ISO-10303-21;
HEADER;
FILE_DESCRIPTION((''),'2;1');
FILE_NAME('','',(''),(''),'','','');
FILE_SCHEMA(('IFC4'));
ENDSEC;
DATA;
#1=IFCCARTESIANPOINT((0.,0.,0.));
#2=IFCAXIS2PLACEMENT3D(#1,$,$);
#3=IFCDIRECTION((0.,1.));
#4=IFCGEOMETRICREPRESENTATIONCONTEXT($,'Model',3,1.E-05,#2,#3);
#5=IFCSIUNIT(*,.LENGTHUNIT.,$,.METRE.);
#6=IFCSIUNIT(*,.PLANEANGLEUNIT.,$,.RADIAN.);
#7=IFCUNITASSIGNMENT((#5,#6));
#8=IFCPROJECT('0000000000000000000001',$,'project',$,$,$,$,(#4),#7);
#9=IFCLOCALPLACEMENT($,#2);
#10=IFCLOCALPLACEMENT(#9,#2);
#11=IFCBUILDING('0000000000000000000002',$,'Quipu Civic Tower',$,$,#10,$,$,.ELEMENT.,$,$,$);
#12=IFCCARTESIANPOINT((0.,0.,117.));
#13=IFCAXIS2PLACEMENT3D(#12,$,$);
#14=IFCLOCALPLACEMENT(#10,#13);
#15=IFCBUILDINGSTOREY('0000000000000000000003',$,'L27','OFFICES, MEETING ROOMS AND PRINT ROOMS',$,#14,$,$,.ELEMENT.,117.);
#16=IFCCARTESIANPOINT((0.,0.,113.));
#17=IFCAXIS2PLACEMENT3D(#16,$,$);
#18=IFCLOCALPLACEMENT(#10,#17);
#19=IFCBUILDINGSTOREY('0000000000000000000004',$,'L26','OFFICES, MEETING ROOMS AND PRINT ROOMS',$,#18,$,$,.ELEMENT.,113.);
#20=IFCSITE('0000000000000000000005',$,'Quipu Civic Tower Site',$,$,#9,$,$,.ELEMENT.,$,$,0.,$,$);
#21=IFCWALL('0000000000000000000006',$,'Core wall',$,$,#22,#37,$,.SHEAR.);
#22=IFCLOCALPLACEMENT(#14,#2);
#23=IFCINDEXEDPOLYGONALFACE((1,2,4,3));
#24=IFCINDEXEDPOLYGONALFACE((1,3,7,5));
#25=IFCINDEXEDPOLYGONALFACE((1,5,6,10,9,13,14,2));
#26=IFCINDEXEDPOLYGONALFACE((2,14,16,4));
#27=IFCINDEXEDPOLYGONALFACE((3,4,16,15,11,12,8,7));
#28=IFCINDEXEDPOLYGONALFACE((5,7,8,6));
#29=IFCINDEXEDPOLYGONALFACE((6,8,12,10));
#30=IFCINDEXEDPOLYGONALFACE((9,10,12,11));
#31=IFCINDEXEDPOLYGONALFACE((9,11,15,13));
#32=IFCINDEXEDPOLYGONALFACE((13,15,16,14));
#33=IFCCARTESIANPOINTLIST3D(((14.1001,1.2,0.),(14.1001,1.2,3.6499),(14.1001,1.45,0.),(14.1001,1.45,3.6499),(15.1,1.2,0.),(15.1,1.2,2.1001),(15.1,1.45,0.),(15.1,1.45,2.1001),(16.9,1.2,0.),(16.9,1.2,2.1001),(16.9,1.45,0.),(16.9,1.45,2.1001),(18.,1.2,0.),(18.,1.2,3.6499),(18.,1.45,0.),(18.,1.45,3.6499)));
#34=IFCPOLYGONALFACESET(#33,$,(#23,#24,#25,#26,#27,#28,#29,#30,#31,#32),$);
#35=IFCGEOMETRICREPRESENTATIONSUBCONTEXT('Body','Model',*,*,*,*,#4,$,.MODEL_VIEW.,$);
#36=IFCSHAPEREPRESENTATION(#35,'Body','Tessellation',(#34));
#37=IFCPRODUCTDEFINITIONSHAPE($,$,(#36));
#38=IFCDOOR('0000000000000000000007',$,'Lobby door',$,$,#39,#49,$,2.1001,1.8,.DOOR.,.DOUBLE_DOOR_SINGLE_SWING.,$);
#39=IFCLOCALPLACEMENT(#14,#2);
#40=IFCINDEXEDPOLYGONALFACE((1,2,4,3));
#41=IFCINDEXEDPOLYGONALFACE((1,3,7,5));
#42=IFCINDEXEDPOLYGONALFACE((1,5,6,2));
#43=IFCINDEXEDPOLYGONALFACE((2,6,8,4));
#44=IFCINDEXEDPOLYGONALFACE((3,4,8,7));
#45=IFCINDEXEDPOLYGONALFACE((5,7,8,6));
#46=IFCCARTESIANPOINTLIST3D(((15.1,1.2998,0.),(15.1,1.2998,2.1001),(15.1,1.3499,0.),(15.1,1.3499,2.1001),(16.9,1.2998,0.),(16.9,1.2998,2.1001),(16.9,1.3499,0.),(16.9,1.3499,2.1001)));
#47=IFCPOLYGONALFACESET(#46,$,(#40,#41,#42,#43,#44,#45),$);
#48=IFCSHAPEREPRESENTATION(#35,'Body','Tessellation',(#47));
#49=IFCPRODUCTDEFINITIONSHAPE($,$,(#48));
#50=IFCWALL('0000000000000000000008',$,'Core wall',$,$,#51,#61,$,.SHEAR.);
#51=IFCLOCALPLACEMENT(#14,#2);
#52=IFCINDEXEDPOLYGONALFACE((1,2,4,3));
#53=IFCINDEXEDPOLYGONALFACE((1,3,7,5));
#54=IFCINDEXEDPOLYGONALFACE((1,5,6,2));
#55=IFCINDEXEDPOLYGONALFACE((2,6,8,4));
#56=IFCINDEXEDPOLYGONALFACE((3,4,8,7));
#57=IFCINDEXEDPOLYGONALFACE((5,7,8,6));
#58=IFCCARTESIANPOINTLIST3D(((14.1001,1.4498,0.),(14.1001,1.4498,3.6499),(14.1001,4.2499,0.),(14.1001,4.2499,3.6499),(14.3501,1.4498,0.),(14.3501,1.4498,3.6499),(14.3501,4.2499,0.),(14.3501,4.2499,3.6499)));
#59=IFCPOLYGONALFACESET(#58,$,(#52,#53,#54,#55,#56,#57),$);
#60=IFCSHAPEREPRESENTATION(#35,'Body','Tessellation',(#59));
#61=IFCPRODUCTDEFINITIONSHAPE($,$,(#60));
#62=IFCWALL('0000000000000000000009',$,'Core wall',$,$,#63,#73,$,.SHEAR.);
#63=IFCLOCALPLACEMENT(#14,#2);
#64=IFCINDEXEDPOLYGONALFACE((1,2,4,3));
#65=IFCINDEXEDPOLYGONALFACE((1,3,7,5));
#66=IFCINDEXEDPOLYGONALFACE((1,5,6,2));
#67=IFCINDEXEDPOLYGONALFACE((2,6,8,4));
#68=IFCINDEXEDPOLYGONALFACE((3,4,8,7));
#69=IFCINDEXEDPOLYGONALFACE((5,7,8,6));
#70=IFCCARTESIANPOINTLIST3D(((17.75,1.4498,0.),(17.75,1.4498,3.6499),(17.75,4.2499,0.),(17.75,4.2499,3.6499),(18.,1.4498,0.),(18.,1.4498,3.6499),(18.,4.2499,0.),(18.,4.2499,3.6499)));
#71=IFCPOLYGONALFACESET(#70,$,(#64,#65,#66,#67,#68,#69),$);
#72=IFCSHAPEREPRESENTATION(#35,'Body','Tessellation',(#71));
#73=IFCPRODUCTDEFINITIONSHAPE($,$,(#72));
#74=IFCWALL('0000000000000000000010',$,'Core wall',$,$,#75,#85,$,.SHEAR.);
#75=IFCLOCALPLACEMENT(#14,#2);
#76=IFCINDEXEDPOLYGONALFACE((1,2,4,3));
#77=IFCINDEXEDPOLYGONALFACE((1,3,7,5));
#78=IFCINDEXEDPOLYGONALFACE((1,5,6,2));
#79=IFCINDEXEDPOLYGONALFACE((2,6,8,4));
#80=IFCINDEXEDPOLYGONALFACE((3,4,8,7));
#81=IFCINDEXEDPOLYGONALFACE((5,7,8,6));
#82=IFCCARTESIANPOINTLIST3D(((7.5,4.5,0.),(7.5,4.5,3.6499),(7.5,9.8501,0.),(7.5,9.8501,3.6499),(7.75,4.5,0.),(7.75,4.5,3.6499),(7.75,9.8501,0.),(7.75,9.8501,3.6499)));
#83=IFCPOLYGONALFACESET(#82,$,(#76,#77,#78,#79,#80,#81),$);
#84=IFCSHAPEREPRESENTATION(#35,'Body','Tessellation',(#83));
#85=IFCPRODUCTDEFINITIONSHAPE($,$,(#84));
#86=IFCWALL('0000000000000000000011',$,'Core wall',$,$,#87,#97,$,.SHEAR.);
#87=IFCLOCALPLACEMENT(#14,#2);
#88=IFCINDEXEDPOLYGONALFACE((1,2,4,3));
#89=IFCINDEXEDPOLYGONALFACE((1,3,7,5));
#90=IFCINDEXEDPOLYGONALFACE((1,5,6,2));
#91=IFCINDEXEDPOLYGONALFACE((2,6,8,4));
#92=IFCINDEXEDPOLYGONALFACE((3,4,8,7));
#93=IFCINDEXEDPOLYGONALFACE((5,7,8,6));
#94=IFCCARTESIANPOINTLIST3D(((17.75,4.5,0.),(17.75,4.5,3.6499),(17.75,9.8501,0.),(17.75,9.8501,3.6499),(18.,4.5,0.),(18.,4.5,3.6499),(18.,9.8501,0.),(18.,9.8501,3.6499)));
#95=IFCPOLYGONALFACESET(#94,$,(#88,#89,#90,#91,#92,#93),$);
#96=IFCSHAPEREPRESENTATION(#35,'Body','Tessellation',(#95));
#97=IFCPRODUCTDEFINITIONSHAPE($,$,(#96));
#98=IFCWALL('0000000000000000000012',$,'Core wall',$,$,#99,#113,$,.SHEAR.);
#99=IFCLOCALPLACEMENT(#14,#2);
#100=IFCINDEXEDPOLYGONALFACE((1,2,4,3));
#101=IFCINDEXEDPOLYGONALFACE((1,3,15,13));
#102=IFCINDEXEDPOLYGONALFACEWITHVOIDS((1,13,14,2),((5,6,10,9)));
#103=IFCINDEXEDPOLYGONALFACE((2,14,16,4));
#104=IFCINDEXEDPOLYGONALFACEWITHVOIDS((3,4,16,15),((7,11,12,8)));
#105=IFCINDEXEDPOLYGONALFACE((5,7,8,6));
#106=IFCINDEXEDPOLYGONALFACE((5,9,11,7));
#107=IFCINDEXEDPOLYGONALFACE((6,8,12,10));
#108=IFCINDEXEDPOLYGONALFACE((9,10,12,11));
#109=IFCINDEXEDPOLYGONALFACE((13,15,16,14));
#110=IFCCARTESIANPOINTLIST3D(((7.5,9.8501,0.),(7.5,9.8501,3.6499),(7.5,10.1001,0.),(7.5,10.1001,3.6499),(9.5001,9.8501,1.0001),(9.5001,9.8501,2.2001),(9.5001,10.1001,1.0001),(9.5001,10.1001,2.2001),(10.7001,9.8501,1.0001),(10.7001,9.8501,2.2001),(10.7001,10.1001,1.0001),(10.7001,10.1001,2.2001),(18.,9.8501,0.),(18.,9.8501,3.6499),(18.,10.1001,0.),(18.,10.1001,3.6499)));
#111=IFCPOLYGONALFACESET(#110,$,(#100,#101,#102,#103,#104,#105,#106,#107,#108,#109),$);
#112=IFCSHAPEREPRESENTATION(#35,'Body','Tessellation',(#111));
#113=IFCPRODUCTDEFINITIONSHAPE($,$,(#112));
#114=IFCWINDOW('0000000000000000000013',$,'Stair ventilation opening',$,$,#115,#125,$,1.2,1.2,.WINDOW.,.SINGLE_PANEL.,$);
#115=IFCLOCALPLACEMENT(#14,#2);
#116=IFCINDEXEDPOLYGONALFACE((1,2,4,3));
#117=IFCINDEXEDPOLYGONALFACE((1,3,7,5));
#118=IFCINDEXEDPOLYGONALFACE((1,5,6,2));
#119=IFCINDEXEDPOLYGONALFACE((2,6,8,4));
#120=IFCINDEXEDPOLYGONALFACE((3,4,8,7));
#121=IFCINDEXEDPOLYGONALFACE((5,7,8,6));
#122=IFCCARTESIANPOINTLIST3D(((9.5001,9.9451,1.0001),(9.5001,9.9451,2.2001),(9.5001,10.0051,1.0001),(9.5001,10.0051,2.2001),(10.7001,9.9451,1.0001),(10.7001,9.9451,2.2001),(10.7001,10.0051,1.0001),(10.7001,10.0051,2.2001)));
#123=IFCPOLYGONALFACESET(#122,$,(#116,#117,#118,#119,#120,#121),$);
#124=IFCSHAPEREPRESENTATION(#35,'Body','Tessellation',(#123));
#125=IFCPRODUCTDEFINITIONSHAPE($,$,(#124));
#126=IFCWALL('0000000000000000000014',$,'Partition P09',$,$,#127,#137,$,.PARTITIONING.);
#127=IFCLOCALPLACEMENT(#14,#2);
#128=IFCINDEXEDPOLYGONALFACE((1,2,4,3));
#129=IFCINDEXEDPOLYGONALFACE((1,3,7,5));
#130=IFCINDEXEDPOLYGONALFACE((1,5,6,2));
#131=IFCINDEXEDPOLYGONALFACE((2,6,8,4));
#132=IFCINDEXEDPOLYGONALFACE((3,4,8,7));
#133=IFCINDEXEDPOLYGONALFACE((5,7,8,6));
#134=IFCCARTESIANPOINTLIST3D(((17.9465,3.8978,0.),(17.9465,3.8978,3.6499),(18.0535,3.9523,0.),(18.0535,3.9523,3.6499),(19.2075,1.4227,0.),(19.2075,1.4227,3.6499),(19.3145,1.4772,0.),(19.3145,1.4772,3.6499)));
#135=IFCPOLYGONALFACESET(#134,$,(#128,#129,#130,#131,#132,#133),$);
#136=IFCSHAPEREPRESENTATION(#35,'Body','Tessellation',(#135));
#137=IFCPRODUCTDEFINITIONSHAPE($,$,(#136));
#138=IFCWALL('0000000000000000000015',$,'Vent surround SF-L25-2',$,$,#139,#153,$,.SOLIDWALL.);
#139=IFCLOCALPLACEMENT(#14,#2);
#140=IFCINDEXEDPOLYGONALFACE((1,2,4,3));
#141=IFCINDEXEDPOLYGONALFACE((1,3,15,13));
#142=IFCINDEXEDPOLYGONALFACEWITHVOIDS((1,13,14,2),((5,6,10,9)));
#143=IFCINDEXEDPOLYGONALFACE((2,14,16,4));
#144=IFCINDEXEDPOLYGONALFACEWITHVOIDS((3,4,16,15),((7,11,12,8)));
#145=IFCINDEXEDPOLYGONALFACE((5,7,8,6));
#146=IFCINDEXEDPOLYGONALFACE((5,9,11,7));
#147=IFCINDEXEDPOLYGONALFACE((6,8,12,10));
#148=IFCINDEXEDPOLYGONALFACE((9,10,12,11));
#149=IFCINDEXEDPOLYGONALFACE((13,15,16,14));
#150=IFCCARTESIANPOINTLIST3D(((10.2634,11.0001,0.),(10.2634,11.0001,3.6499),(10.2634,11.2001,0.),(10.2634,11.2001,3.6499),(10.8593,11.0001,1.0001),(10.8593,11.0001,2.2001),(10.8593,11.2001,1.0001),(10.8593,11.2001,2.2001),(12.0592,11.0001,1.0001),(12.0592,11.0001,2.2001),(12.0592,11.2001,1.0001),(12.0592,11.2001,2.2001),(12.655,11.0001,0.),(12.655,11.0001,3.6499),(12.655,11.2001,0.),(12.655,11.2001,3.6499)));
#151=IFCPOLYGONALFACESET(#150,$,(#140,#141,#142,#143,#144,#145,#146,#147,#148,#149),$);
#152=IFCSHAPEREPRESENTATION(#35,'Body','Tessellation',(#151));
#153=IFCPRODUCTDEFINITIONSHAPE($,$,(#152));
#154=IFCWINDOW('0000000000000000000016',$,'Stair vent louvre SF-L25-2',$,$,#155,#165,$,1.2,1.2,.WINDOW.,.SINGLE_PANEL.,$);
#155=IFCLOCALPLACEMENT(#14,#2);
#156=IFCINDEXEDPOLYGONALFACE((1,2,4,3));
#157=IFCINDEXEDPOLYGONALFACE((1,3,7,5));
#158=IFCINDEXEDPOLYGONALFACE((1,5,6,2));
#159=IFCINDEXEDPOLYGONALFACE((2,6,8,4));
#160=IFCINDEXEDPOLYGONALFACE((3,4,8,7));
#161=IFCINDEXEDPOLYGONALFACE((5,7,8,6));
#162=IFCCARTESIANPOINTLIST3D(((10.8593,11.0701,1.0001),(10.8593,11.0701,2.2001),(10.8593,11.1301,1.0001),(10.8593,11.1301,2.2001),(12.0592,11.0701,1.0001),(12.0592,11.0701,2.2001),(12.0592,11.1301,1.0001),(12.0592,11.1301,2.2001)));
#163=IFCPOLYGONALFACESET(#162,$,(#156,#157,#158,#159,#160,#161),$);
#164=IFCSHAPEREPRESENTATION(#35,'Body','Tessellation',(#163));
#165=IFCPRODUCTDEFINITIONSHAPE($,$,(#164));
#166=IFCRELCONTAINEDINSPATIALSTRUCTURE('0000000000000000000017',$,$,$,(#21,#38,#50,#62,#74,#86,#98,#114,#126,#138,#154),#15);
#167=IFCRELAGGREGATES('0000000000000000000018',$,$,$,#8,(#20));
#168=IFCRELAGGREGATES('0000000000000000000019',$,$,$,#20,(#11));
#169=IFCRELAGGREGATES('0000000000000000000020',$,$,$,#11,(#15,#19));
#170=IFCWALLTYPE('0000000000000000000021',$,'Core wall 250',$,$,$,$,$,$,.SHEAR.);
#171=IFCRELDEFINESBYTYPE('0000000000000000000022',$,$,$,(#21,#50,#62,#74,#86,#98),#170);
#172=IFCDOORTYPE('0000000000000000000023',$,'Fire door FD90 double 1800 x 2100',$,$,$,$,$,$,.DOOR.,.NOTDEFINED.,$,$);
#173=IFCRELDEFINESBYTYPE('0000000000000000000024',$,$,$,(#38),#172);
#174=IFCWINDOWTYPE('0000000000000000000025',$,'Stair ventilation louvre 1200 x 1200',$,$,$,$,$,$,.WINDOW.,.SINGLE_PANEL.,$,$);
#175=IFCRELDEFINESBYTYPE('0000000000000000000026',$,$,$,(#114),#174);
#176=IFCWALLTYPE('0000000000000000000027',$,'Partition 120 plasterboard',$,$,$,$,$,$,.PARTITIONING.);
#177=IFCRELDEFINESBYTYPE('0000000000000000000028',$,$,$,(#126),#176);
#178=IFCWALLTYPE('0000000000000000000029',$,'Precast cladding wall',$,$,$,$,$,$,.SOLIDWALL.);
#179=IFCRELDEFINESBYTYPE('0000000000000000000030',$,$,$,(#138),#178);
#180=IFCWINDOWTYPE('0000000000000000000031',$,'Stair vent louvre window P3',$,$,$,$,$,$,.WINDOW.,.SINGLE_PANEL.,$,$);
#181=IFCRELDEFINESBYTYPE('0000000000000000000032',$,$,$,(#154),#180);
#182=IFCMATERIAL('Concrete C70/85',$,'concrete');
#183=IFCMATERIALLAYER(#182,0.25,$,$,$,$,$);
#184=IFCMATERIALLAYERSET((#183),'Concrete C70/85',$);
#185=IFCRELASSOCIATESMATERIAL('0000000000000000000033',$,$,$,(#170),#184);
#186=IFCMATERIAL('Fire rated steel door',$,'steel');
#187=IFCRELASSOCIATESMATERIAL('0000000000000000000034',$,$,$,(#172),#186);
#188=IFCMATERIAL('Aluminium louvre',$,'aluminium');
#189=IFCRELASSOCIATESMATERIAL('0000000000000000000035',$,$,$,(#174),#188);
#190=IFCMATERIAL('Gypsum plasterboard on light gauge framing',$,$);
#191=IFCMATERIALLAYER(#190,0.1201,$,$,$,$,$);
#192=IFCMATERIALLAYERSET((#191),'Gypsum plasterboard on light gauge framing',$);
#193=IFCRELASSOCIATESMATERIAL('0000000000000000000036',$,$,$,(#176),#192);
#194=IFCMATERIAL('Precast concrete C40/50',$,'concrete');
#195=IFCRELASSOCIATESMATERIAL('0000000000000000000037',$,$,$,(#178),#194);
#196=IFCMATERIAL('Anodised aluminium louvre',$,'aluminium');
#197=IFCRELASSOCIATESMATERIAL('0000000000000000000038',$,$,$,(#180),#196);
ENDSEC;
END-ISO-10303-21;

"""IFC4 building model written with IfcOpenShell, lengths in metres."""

from ifc_helpers import new_model, si_unit, direction, frame, frame_2d, origin, place, context, subcontext, project, spatial, rectangle, extrude, material, layer, layer_set, type_object, element, fill, save


model = new_model("IFC4")

# Units and contexts
model_context = context("Model", 3, precision=1e-05, world=origin(), true_north=direction((0.0, 1.0)))
body_context = subcontext(model_context, "Body", "Model", "MODEL_VIEW")
ifc_project = project(units=[si_unit("LENGTHUNIT", "METRE"), si_unit("PLANEANGLEUNIT", "RADIAN")], contexts=[model_context])

# Site, building, storey
site_placement = place(None, origin())
site = spatial("IfcSite", under=ifc_project, at=site_placement, Name="Quipu Civic Tower Site", CompositionType="ELEMENT", RefElevation=0.0)
building_placement = place(site_placement, origin())
building = spatial("IfcBuilding", under=site, at=building_placement, Name="Quipu Civic Tower", CompositionType="ELEMENT")
storey_1_placement = place(building_placement, frame((0.0, 0.0, 117.0)))
storey_1 = spatial("IfcBuildingStorey", under=building, at=storey_1_placement, Name="L27", Description="OFFICES, MEETING ROOMS AND PRINT ROOMS", CompositionType="ELEMENT", Elevation=117.0)

# Shared definitions
storey_2_placement = place(building_placement, frame((0.0, 0.0, 113.0)))
storey_2 = spatial("IfcBuildingStorey", under=building, at=storey_2_placement, Name="L26", Description="OFFICES, MEETING ROOMS AND PRINT ROOMS", CompositionType="ELEMENT", Elevation=113.0)

# Wall, opening, door
ifc_material_1 = material(Name="Concrete C70/85", Category="concrete")
ifc_layer_1 = layer(ifc_material_1, 0.25)
ifc_layer_set_1 = layer_set([ifc_layer_1], Name="Concrete C70/85")
wall_type_1 = type_object("IfcWallType", Name="Core wall 250", PredefinedType="SHEAR", material=ifc_layer_set_1)
wall_1_placement = place(storey_1_placement, frame((14.1001, 1.325, 0.0), z_axis=(0.0, 0.0, 1.0), x_axis=(1.0, 0.0, 0.0)))
wall_1 = element("IfcWall", 1, at=wall_1_placement, inside=storey_1, type_object=wall_type_1, Name="Core wall", PredefinedType="SHEAR", context=body_context, shape_type="SweptSolid", body=[
    extrude(rectangle(XDim=3.8999, YDim=0.25, at=frame_2d((1.95, 0.0))), origin(), (0.0, 0.0, 1.0), 3.6499),
])
opening_1_placement = place(wall_1_placement, frame((1.0, 0.0, 0.0)))
opening_1 = element("IfcOpeningElement", 2, at=opening_1_placement, cuts=wall_1, PredefinedType="OPENING", context=body_context, shape_type="SweptSolid", body=[
    extrude(rectangle(XDim=1.8, YDim=2.1001, at=frame_2d((0.8999, 1.05))), frame((0.0, 0.135, 0.0), z_axis=(0.0, -1.0, 0.0), x_axis=(1.0, 0.0, 0.0)), (0.0, 0.0, 1.0), 0.27),
])
ifc_material_2 = material(Name="Fire rated steel door", Category="steel")
door_type = type_object("IfcDoorType", Name="Fire door FD90 double 1800 x 2100", OperationType="NOTDEFINED", PredefinedType="DOOR", material=ifc_material_2)
door_placement = place(opening_1_placement, origin())
door = element("IfcDoor", 3, at=door_placement, inside=storey_1, type_object=door_type, Name="Lobby door", OperationType="DOUBLE_DOOR_SINGLE_SWING", OverallHeight=2.1001, OverallWidth=1.8, PredefinedType="DOOR", context=body_context, shape_type="SweptSolid", body=[
    extrude(rectangle(XDim=1.8, YDim=2.1001, at=frame_2d((0.8999, 1.05))), frame((0.0, 0.0249, 0.0), z_axis=(0.0, -1.0, 0.0), x_axis=(1.0, 0.0, 0.0)), (0.0, 0.0, 1.0), 0.05),
])
fill(opening_1, door)

# Walls
for number, where, z_axis, x_axis, name in (
    (4, (14.2251, 1.45, 0.0), (0.0, 0.0, 1.0), (0.0, 1.0, 0.0), "Core wall"),
    (5, (17.875, 1.45, 0.0), (0.0, 0.0, 1.0), (0.0, 1.0, 0.0), "Core wall"),
):
    element("IfcWall", number, at=place(storey_1_placement, frame(where, z_axis=z_axis, x_axis=x_axis)), inside=storey_1, type_object=wall_type_1, Name=name, PredefinedType="SHEAR", context=body_context, shape_type="SweptSolid", body=[
        extrude(rectangle(XDim=2.8, YDim=0.25, at=frame_2d((1.3999, 0.0))), origin(), (0.0, 0.0, 1.0), 3.6499),
    ])
for number, where, z_axis, x_axis, name in (
    (6, (7.625, 4.5, 0.0), (0.0, 0.0, 1.0), (0.0, 1.0, 0.0), "Core wall"),
    (7, (17.875, 4.5, 0.0), (0.0, 0.0, 1.0), (0.0, 1.0, 0.0), "Core wall"),
):
    element("IfcWall", number, at=place(storey_1_placement, frame(where, z_axis=z_axis, x_axis=x_axis)), inside=storey_1, type_object=wall_type_1, Name=name, PredefinedType="SHEAR", context=body_context, shape_type="SweptSolid", body=[
        extrude(rectangle(XDim=5.3501, YDim=0.25, at=frame_2d((2.675, 0.0))), origin(), (0.0, 0.0, 1.0), 3.6499),
    ])

# Wall, opening, window
wall_2_placement = place(storey_1_placement, frame((7.5, 9.9751, 0.0), z_axis=(0.0, 0.0, 1.0), x_axis=(1.0, 0.0, 0.0)))
wall_2 = element("IfcWall", 8, at=wall_2_placement, inside=storey_1, type_object=wall_type_1, Name="Core wall", PredefinedType="SHEAR", context=body_context, shape_type="SweptSolid", body=[
    extrude(rectangle(XDim=10.5, YDim=0.25, at=frame_2d((5.25, 0.0))), origin(), (0.0, 0.0, 1.0), 3.6499),
])
opening_2_placement = place(wall_2_placement, frame((2.0, 0.0, 1.0)))
opening_2 = element("IfcOpeningElement", 9, at=opening_2_placement, cuts=wall_2, PredefinedType="OPENING", context=body_context, shape_type="SweptSolid", body=[
    extrude(rectangle(XDim=1.2, YDim=1.2, at=frame_2d((0.6001, 0.6001))), frame((0.0, 0.135, 0.0), z_axis=(0.0, -1.0, 0.0), x_axis=(1.0, 0.0, 0.0)), (0.0, 0.0, 1.0), 0.27),
])
ifc_material_3 = material(Name="Aluminium louvre", Category="aluminium")
window_type_1 = type_object("IfcWindowType", Name="Stair ventilation louvre 1200 x 1200", PartitioningType="SINGLE_PANEL", PredefinedType="WINDOW", material=ifc_material_3)
window_1_placement = place(opening_2_placement, origin())
window_1 = element("IfcWindow", 10, at=window_1_placement, inside=storey_1, type_object=window_type_1, Name="Stair ventilation opening", OverallHeight=1.2, OverallWidth=1.2, PartitioningType="SINGLE_PANEL", PredefinedType="WINDOW", context=body_context, shape_type="SweptSolid", body=[
    extrude(rectangle(XDim=1.2, YDim=1.2, at=frame_2d((0.6001, 0.6001))), frame((0.0, 0.03, 0.0), z_axis=(0.0, -1.0, 0.0), x_axis=(1.0, 0.0, 0.0)), (0.0, 0.0, 1.0), 0.0601),
])
fill(opening_2, window_1)

# Wall
ifc_material_4 = material(Name="Gypsum plasterboard on light gauge framing")
ifc_layer_2 = layer(ifc_material_4, 0.1201)
ifc_layer_set_2 = layer_set([ifc_layer_2], Name="Gypsum plasterboard on light gauge framing")
wall_type_2 = type_object("IfcWallType", Name="Partition 120 plasterboard", PredefinedType="PARTITIONING", material=ifc_layer_set_2)
wall_3_placement = place(storey_1_placement, frame((18.0, 3.925, 0.0), z_axis=(0.0, 0.0, 1.0), x_axis=(0.453951, -0.891027, 0.0)))
element("IfcWall", 11, at=wall_3_placement, inside=storey_1, type_object=wall_type_2, Name="Partition P09", PredefinedType="PARTITIONING", context=body_context, shape_type="SweptSolid", body=[
    extrude(rectangle(XDim=2.7778, YDim=0.1201, at=frame_2d((1.3889, 0.0))), origin(), (0.0, 0.0, 1.0), 3.6499),
])

# Wall, opening, window
ifc_material_5 = material(Name="Precast concrete C40/50", Category="concrete")
wall_type_3 = type_object("IfcWallType", Name="Precast cladding wall", PredefinedType="SOLIDWALL", material=ifc_material_5)
wall_4_placement = place(storey_1_placement, frame((12.655, 11.1001, 0.0), z_axis=(0.0, 0.0, 1.0), x_axis=(-1.0, 0.0, 0.0)))
wall_4 = element("IfcWall", 12, at=wall_4_placement, inside=storey_1, type_object=wall_type_3, Name="Vent surround SF-L25-2", PredefinedType="SOLIDWALL", context=body_context, shape_type="SweptSolid", body=[
    extrude(rectangle(XDim=2.3916, YDim=0.2, at=frame_2d((1.1958, 0.0))), origin(), (0.0, 0.0, 1.0), 3.6499),
])
opening_3_placement = place(wall_4_placement, frame((0.5957, 0.0, 1.0)))
opening_3 = element("IfcOpeningElement", 13, at=opening_3_placement, cuts=wall_4, PredefinedType="OPENING", context=body_context, shape_type="SweptSolid", body=[
    extrude(rectangle(XDim=1.2, YDim=1.2, at=frame_2d((0.6001, 0.6001))), frame((0.0, 0.1099, 0.0), z_axis=(0.0, -1.0, 0.0), x_axis=(1.0, 0.0, 0.0)), (0.0, 0.0, 1.0), 0.22),
])
ifc_material_6 = material(Name="Anodised aluminium louvre", Category="aluminium")
window_type_2 = type_object("IfcWindowType", Name="Stair vent louvre window P3", PartitioningType="SINGLE_PANEL", PredefinedType="WINDOW", material=ifc_material_6)
window_2_placement = place(opening_3_placement, origin())
window_2 = element("IfcWindow", 14, at=window_2_placement, inside=storey_1, type_object=window_type_2, Name="Stair vent louvre SF-L25-2", OverallHeight=1.2, OverallWidth=1.2, PartitioningType="SINGLE_PANEL", PredefinedType="WINDOW", context=body_context, shape_type="SweptSolid", body=[
    extrude(rectangle(XDim=1.2, YDim=1.2, at=frame_2d((0.6001, 0.6001))), frame((0.0, 0.03, 0.0), z_axis=(0.0, -1.0, 0.0), x_axis=(1.0, 0.0, 0.0)), (0.0, 0.0, 1.0), 0.0601),
])
fill(opening_3, window_2)

save(model, "model.ifc")
